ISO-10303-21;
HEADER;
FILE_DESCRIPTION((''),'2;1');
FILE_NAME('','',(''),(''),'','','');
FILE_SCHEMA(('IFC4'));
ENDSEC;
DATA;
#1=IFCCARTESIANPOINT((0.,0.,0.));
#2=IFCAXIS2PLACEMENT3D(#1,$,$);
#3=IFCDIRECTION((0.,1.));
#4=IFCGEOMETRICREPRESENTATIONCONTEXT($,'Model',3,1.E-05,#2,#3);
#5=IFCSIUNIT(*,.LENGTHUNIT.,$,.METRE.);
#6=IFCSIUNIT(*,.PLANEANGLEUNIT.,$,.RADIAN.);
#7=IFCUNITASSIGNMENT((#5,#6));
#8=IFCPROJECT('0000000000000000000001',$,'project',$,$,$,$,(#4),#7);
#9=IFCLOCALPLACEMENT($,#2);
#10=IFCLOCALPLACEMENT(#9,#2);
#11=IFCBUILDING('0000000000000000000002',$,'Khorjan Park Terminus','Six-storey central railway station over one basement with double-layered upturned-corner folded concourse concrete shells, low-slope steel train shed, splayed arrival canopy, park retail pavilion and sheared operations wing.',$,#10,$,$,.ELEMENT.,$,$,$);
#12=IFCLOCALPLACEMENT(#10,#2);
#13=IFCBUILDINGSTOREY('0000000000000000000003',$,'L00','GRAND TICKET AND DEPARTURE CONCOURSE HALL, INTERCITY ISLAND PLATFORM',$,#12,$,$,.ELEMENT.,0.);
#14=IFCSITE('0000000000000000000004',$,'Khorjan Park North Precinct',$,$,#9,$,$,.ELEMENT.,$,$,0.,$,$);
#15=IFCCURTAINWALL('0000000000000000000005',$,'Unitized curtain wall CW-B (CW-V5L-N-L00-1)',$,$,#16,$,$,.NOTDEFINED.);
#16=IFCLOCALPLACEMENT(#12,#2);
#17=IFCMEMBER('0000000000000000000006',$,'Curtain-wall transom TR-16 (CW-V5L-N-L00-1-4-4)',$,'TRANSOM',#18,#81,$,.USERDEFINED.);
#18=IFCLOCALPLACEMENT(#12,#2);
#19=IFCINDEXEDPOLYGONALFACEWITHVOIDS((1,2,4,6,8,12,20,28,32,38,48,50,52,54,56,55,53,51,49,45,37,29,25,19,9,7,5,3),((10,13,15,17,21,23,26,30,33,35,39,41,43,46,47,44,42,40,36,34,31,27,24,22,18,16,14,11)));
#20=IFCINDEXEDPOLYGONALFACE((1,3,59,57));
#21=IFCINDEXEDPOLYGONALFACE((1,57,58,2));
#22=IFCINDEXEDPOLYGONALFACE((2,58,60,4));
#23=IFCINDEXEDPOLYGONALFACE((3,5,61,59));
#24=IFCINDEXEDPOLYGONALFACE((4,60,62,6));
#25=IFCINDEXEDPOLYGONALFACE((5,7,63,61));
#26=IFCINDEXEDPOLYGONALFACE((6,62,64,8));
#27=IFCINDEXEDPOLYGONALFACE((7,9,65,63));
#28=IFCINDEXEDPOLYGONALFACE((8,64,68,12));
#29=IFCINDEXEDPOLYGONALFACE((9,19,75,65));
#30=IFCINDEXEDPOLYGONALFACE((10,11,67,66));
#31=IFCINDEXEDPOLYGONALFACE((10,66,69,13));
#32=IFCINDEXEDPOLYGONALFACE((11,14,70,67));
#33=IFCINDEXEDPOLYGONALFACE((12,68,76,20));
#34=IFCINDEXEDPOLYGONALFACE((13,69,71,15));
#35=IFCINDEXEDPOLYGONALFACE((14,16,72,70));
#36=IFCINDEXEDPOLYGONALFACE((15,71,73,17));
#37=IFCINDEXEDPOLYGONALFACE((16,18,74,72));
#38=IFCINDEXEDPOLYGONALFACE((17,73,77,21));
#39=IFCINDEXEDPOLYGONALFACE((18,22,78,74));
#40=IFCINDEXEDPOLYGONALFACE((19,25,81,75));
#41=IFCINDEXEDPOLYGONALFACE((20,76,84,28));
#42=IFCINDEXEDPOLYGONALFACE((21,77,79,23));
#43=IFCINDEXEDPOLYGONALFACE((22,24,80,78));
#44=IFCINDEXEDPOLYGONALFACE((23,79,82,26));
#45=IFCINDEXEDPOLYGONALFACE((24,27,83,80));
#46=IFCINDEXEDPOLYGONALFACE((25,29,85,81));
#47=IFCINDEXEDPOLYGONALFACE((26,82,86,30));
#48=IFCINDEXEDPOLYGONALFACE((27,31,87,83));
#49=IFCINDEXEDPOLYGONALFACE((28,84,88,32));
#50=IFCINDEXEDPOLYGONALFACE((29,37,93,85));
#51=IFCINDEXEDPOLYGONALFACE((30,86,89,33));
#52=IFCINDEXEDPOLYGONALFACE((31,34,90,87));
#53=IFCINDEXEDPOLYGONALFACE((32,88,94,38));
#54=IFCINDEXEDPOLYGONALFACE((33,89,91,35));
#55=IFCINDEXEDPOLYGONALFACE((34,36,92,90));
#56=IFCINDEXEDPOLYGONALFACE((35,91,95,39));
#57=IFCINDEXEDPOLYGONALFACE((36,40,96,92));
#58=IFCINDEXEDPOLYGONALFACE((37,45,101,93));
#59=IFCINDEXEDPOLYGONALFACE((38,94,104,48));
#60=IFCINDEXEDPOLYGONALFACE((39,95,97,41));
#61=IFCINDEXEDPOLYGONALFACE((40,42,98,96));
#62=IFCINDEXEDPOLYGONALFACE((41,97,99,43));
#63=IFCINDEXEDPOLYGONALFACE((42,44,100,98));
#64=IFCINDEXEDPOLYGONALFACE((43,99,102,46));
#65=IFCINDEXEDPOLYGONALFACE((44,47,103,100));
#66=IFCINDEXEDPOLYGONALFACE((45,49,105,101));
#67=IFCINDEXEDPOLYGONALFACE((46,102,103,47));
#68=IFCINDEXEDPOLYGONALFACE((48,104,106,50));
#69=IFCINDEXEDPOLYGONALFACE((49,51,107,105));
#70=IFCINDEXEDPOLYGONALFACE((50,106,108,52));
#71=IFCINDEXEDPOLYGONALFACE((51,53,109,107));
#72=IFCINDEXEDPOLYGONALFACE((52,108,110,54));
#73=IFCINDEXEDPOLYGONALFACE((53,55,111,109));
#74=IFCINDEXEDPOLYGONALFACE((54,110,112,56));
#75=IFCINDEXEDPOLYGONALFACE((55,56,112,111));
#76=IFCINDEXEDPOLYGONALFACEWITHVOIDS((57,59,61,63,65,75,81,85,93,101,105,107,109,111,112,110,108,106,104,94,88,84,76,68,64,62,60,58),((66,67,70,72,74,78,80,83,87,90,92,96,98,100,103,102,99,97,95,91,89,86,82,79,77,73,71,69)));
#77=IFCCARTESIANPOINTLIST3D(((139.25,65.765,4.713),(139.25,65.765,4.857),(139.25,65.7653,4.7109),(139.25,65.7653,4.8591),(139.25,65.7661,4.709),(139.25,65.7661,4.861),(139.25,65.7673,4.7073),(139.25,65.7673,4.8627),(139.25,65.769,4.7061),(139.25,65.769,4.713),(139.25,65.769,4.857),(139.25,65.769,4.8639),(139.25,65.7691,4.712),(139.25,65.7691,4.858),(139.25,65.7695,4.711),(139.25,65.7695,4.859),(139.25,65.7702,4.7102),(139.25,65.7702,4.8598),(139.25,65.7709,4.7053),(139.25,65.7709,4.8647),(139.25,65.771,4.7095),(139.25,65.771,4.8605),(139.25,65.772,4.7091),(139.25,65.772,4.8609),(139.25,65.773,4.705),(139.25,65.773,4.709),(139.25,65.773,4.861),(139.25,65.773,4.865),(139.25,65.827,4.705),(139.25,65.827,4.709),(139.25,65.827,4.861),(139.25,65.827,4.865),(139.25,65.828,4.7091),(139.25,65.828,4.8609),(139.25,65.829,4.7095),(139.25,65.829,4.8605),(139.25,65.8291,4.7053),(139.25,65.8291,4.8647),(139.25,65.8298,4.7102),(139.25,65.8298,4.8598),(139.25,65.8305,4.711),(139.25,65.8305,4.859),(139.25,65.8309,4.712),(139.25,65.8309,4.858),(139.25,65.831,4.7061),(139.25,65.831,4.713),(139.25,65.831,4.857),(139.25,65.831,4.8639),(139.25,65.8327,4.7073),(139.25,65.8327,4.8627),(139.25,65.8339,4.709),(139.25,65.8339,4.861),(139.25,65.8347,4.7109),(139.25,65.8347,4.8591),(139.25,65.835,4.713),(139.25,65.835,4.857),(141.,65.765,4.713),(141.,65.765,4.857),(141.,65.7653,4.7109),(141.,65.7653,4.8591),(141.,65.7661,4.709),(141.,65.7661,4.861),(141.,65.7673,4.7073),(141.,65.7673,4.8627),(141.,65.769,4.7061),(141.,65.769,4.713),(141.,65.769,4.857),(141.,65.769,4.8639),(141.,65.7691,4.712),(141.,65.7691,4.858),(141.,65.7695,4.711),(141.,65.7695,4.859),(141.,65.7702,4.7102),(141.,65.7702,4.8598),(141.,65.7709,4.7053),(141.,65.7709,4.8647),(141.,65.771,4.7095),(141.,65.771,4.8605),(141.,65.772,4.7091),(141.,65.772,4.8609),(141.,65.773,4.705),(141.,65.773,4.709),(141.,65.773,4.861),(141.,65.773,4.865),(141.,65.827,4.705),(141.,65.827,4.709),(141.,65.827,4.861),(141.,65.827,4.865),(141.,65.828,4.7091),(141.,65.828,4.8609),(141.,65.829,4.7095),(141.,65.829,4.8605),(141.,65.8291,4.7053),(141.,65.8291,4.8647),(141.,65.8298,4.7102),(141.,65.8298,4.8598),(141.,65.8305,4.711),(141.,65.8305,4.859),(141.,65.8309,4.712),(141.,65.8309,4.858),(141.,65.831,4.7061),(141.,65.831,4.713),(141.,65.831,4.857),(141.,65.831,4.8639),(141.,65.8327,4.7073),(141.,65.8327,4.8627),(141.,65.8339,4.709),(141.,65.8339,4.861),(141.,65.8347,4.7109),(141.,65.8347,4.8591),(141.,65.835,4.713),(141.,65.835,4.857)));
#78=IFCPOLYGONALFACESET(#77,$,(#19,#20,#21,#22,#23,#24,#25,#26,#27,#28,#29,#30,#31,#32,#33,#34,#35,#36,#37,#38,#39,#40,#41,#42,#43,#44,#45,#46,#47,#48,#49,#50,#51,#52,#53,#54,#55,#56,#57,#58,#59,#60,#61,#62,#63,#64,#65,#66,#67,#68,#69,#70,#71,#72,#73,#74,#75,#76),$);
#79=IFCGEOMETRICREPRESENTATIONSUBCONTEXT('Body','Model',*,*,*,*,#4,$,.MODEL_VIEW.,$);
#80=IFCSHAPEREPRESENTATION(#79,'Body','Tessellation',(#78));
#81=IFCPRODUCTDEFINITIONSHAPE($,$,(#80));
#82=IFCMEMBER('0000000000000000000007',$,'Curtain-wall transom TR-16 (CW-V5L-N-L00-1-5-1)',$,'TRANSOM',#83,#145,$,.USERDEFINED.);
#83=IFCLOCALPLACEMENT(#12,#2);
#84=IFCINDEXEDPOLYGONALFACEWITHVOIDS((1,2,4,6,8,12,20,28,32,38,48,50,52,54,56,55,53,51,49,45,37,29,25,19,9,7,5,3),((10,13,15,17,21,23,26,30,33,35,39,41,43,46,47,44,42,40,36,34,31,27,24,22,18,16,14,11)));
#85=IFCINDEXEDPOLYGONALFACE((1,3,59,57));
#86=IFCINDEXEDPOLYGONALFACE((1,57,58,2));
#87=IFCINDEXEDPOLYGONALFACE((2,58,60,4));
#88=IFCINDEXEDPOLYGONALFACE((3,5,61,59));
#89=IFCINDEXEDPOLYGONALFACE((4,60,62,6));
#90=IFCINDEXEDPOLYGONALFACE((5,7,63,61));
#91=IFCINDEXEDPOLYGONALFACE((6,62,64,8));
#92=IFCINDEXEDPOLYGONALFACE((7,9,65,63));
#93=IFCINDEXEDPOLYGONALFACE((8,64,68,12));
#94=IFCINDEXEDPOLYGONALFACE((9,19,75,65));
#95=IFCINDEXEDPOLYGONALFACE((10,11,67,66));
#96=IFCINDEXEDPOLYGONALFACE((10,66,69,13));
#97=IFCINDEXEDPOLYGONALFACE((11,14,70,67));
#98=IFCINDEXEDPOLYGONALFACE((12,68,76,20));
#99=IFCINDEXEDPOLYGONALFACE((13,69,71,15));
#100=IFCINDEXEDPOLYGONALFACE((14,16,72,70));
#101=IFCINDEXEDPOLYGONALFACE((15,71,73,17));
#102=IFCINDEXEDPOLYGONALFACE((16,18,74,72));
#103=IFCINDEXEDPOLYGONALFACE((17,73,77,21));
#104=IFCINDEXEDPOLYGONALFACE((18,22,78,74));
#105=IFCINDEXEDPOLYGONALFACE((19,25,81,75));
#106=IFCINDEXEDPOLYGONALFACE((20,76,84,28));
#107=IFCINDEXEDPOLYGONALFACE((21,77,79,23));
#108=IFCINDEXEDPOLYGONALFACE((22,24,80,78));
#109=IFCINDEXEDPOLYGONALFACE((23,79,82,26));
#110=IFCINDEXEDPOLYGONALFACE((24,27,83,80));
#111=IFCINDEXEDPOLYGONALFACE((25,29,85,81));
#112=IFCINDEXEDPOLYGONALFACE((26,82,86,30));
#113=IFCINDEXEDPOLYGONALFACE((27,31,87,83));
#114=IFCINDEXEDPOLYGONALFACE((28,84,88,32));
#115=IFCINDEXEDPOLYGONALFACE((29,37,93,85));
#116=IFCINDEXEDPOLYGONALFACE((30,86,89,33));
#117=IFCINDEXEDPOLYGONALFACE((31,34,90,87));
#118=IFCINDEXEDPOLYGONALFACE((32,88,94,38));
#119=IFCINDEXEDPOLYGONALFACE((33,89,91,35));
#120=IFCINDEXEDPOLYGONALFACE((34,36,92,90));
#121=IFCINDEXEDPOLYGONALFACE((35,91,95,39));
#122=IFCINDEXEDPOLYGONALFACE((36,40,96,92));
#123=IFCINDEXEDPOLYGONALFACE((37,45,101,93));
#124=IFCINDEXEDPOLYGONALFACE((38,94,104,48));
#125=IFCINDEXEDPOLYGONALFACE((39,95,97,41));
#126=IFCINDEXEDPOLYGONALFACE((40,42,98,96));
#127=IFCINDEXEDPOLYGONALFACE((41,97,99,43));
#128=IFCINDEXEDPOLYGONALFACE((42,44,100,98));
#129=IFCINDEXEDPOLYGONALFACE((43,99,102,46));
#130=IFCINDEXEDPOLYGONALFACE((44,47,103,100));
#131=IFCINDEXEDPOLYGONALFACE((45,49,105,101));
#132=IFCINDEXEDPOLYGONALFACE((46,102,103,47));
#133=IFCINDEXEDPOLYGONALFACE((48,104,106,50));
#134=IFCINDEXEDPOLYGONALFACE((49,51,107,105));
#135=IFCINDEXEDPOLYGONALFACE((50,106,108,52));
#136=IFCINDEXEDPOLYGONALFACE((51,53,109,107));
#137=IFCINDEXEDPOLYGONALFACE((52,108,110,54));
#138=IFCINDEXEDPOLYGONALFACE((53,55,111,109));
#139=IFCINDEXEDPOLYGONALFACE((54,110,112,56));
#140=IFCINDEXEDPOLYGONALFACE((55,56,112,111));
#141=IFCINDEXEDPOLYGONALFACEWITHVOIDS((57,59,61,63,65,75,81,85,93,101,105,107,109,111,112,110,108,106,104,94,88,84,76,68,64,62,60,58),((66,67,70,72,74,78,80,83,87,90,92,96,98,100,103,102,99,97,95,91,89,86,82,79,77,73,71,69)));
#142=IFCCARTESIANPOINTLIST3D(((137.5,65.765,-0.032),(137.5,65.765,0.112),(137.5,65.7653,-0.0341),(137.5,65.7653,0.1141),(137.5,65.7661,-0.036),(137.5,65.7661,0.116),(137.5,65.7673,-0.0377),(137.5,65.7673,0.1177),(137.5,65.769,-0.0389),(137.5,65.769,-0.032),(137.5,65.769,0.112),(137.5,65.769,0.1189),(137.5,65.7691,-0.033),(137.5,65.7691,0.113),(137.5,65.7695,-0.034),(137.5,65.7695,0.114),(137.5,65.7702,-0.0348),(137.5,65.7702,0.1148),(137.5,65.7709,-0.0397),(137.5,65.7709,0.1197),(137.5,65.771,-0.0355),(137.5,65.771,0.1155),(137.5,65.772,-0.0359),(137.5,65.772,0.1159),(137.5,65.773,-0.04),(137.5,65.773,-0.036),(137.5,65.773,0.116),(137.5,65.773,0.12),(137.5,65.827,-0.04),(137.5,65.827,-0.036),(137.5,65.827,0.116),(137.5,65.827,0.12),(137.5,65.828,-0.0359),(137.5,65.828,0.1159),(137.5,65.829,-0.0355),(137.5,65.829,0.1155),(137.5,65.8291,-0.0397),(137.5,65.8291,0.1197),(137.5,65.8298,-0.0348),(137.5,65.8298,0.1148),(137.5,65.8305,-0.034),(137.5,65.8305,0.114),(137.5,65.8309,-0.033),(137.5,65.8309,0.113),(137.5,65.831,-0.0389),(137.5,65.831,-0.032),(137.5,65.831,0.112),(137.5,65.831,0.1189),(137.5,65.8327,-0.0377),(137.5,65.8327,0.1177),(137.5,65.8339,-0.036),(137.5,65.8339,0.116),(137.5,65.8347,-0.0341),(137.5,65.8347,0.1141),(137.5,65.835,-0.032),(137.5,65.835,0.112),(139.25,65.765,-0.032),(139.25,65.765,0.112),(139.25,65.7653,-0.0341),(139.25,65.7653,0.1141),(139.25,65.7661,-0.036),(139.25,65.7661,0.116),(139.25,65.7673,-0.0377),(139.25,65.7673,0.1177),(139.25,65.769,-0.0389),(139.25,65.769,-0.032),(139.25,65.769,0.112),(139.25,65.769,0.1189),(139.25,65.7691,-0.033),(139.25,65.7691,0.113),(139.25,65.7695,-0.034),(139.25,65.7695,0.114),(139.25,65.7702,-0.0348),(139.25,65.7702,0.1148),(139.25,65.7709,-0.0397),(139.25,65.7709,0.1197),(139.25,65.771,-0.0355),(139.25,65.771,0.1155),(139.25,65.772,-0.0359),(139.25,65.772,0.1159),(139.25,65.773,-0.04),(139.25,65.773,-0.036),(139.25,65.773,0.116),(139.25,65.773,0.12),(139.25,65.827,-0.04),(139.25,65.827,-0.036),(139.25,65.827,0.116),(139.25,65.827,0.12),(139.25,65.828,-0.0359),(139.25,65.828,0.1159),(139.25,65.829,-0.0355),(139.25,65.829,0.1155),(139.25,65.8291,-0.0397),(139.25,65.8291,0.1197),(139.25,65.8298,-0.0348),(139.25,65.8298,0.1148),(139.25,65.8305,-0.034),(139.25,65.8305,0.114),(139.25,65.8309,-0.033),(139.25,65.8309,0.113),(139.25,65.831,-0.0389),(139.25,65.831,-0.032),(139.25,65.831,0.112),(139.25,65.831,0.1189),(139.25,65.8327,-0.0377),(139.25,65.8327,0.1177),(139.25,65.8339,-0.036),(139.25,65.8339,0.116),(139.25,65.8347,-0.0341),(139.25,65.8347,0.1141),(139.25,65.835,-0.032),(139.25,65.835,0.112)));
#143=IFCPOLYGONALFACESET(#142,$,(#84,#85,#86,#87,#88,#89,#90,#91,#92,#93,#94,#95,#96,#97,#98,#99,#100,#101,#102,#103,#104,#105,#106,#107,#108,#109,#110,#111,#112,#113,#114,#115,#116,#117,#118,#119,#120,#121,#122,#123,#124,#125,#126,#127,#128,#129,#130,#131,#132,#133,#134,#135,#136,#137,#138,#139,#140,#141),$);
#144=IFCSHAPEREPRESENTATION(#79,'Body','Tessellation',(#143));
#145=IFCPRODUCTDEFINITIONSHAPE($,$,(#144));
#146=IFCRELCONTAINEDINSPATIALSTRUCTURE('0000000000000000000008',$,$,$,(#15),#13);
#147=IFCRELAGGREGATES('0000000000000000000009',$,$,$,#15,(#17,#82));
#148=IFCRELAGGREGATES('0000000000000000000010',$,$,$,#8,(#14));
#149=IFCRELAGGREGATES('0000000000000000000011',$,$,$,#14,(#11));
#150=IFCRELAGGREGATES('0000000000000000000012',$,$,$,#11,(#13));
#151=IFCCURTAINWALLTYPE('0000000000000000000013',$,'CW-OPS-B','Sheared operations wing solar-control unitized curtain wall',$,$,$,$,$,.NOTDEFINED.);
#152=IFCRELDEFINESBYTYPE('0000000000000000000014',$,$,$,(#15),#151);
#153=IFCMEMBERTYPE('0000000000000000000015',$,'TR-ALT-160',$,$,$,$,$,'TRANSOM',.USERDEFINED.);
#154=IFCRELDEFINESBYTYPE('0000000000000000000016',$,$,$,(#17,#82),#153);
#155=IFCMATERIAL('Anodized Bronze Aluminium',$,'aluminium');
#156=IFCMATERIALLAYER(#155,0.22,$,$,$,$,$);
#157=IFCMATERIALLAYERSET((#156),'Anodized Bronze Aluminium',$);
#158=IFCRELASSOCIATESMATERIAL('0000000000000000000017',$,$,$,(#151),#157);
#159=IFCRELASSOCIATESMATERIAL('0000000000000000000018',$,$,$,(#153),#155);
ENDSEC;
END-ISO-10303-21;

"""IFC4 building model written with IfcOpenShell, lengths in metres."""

from ifc_helpers import new_model, si_unit, direction, frame, origin, origin_2d, place, context, subcontext, project, spatial, hollow_rectangle, extrude, material, layer, layer_set, material_profile, profile_set, type_object, element, aggregate, save


model = new_model("IFC4")

# Units and contexts
model_context = context("Model", 3, precision=1e-05, world=origin(), true_north=direction((0.0, 1.0)))
body_context = subcontext(model_context, "Body", "Model", "MODEL_VIEW")
ifc_project = project(units=[si_unit("LENGTHUNIT", "METRE"), si_unit("PLANEANGLEUNIT", "RADIAN")], contexts=[model_context])

# Site, building, storey
site_placement = place(None, origin())
site = spatial("IfcSite", under=ifc_project, at=site_placement, Name="Khorjan Park North Precinct", CompositionType="ELEMENT", RefElevation=0.0)
building_placement = place(site_placement, origin())
building = spatial("IfcBuilding", under=site, at=building_placement, Name="Khorjan Park Terminus", Description="Six-storey central railway station over one basement with double-layered upturned-corner folded concourse concrete shells, low-slope steel train shed, splayed arrival canopy, park retail pavilion and sheared operations wing.", CompositionType="ELEMENT")
storey_placement = place(building_placement, origin())
storey = spatial("IfcBuildingStorey", under=building, at=storey_placement, Name="L00", Description="GRAND TICKET AND DEPARTURE CONCOURSE HALL, INTERCITY ISLAND PLATFORM", CompositionType="ELEMENT", Elevation=0.0)

# Curtain wall, members
ifc_material_1 = material(Name="Anodized Bronze Aluminium", Category="aluminium")
ifc_layer_1 = layer(ifc_material_1, 0.22)
ifc_layer_set_1 = layer_set([ifc_layer_1], Name="Anodized Bronze Aluminium")
curtain_wall_type = type_object("IfcCurtainWallType", Name="CW-OPS-B", Description="Sheared operations wing solar-control unitized curtain wall", PredefinedType="NOTDEFINED", material=ifc_layer_set_1)
curtain_wall_placement = place(storey_placement, origin())
curtain_wall = element("IfcCurtainWall", 1, at=curtain_wall_placement, inside=storey, type_object=curtain_wall_type, Name="Unitized curtain wall CW-B (CW-V5L-N-L00-1)", PredefinedType="NOTDEFINED")
ifc_material_profile_1 = material_profile(ifc_material_1, hollow_rectangle(XDim=0.07, YDim=0.16, WallThickness=0.004, InnerFilletRadius=0.004, OuterFilletRadius=0.008, at=origin_2d()), Name="ALT 70x160x4")
ifc_profile_set_1 = profile_set([ifc_material_profile_1], Name="Anodized Bronze Aluminium")
member_type_1 = type_object("IfcMemberType", Name="TR-ALT-160", ElementType="TRANSOM", PredefinedType="USERDEFINED", material=ifc_profile_set_1)
member_1_placement = place(storey_placement, frame((141.0, 65.8, 4.785), z_axis=(-1.0, 0.0, 0.0), x_axis=(0.0, -1.0, 0.0)))
member_1 = element("IfcMember", 2, at=member_1_placement, type_object=member_type_1, Name="Curtain-wall transom TR-16 (CW-V5L-N-L00-1-4-4)", ObjectType="TRANSOM", PredefinedType="USERDEFINED", context=body_context, shape_type="SweptSolid", body=[
    extrude(hollow_rectangle(XDim=0.07, YDim=0.16, WallThickness=0.004, InnerFilletRadius=0.004, OuterFilletRadius=0.008, at=origin_2d()), origin(), (0.0, 0.0, 1.0), 1.75),
])
member_2_placement = place(storey_placement, frame((139.25, 65.8, 0.04), z_axis=(-1.0, 0.0, 0.0), x_axis=(0.0, -1.0, 0.0)))
member_2 = element("IfcMember", 3, at=member_2_placement, type_object=member_type_1, Name="Curtain-wall transom TR-16 (CW-V5L-N-L00-1-5-1)", ObjectType="TRANSOM", PredefinedType="USERDEFINED", context=body_context, shape_type="SweptSolid", body=[
    extrude(hollow_rectangle(XDim=0.07, YDim=0.16, WallThickness=0.004, InnerFilletRadius=0.004, OuterFilletRadius=0.008, at=origin_2d()), origin(), (0.0, 0.0, 1.0), 1.75),
])
aggregate(curtain_wall, [member_1, member_2])

save(model, "model.ifc")
